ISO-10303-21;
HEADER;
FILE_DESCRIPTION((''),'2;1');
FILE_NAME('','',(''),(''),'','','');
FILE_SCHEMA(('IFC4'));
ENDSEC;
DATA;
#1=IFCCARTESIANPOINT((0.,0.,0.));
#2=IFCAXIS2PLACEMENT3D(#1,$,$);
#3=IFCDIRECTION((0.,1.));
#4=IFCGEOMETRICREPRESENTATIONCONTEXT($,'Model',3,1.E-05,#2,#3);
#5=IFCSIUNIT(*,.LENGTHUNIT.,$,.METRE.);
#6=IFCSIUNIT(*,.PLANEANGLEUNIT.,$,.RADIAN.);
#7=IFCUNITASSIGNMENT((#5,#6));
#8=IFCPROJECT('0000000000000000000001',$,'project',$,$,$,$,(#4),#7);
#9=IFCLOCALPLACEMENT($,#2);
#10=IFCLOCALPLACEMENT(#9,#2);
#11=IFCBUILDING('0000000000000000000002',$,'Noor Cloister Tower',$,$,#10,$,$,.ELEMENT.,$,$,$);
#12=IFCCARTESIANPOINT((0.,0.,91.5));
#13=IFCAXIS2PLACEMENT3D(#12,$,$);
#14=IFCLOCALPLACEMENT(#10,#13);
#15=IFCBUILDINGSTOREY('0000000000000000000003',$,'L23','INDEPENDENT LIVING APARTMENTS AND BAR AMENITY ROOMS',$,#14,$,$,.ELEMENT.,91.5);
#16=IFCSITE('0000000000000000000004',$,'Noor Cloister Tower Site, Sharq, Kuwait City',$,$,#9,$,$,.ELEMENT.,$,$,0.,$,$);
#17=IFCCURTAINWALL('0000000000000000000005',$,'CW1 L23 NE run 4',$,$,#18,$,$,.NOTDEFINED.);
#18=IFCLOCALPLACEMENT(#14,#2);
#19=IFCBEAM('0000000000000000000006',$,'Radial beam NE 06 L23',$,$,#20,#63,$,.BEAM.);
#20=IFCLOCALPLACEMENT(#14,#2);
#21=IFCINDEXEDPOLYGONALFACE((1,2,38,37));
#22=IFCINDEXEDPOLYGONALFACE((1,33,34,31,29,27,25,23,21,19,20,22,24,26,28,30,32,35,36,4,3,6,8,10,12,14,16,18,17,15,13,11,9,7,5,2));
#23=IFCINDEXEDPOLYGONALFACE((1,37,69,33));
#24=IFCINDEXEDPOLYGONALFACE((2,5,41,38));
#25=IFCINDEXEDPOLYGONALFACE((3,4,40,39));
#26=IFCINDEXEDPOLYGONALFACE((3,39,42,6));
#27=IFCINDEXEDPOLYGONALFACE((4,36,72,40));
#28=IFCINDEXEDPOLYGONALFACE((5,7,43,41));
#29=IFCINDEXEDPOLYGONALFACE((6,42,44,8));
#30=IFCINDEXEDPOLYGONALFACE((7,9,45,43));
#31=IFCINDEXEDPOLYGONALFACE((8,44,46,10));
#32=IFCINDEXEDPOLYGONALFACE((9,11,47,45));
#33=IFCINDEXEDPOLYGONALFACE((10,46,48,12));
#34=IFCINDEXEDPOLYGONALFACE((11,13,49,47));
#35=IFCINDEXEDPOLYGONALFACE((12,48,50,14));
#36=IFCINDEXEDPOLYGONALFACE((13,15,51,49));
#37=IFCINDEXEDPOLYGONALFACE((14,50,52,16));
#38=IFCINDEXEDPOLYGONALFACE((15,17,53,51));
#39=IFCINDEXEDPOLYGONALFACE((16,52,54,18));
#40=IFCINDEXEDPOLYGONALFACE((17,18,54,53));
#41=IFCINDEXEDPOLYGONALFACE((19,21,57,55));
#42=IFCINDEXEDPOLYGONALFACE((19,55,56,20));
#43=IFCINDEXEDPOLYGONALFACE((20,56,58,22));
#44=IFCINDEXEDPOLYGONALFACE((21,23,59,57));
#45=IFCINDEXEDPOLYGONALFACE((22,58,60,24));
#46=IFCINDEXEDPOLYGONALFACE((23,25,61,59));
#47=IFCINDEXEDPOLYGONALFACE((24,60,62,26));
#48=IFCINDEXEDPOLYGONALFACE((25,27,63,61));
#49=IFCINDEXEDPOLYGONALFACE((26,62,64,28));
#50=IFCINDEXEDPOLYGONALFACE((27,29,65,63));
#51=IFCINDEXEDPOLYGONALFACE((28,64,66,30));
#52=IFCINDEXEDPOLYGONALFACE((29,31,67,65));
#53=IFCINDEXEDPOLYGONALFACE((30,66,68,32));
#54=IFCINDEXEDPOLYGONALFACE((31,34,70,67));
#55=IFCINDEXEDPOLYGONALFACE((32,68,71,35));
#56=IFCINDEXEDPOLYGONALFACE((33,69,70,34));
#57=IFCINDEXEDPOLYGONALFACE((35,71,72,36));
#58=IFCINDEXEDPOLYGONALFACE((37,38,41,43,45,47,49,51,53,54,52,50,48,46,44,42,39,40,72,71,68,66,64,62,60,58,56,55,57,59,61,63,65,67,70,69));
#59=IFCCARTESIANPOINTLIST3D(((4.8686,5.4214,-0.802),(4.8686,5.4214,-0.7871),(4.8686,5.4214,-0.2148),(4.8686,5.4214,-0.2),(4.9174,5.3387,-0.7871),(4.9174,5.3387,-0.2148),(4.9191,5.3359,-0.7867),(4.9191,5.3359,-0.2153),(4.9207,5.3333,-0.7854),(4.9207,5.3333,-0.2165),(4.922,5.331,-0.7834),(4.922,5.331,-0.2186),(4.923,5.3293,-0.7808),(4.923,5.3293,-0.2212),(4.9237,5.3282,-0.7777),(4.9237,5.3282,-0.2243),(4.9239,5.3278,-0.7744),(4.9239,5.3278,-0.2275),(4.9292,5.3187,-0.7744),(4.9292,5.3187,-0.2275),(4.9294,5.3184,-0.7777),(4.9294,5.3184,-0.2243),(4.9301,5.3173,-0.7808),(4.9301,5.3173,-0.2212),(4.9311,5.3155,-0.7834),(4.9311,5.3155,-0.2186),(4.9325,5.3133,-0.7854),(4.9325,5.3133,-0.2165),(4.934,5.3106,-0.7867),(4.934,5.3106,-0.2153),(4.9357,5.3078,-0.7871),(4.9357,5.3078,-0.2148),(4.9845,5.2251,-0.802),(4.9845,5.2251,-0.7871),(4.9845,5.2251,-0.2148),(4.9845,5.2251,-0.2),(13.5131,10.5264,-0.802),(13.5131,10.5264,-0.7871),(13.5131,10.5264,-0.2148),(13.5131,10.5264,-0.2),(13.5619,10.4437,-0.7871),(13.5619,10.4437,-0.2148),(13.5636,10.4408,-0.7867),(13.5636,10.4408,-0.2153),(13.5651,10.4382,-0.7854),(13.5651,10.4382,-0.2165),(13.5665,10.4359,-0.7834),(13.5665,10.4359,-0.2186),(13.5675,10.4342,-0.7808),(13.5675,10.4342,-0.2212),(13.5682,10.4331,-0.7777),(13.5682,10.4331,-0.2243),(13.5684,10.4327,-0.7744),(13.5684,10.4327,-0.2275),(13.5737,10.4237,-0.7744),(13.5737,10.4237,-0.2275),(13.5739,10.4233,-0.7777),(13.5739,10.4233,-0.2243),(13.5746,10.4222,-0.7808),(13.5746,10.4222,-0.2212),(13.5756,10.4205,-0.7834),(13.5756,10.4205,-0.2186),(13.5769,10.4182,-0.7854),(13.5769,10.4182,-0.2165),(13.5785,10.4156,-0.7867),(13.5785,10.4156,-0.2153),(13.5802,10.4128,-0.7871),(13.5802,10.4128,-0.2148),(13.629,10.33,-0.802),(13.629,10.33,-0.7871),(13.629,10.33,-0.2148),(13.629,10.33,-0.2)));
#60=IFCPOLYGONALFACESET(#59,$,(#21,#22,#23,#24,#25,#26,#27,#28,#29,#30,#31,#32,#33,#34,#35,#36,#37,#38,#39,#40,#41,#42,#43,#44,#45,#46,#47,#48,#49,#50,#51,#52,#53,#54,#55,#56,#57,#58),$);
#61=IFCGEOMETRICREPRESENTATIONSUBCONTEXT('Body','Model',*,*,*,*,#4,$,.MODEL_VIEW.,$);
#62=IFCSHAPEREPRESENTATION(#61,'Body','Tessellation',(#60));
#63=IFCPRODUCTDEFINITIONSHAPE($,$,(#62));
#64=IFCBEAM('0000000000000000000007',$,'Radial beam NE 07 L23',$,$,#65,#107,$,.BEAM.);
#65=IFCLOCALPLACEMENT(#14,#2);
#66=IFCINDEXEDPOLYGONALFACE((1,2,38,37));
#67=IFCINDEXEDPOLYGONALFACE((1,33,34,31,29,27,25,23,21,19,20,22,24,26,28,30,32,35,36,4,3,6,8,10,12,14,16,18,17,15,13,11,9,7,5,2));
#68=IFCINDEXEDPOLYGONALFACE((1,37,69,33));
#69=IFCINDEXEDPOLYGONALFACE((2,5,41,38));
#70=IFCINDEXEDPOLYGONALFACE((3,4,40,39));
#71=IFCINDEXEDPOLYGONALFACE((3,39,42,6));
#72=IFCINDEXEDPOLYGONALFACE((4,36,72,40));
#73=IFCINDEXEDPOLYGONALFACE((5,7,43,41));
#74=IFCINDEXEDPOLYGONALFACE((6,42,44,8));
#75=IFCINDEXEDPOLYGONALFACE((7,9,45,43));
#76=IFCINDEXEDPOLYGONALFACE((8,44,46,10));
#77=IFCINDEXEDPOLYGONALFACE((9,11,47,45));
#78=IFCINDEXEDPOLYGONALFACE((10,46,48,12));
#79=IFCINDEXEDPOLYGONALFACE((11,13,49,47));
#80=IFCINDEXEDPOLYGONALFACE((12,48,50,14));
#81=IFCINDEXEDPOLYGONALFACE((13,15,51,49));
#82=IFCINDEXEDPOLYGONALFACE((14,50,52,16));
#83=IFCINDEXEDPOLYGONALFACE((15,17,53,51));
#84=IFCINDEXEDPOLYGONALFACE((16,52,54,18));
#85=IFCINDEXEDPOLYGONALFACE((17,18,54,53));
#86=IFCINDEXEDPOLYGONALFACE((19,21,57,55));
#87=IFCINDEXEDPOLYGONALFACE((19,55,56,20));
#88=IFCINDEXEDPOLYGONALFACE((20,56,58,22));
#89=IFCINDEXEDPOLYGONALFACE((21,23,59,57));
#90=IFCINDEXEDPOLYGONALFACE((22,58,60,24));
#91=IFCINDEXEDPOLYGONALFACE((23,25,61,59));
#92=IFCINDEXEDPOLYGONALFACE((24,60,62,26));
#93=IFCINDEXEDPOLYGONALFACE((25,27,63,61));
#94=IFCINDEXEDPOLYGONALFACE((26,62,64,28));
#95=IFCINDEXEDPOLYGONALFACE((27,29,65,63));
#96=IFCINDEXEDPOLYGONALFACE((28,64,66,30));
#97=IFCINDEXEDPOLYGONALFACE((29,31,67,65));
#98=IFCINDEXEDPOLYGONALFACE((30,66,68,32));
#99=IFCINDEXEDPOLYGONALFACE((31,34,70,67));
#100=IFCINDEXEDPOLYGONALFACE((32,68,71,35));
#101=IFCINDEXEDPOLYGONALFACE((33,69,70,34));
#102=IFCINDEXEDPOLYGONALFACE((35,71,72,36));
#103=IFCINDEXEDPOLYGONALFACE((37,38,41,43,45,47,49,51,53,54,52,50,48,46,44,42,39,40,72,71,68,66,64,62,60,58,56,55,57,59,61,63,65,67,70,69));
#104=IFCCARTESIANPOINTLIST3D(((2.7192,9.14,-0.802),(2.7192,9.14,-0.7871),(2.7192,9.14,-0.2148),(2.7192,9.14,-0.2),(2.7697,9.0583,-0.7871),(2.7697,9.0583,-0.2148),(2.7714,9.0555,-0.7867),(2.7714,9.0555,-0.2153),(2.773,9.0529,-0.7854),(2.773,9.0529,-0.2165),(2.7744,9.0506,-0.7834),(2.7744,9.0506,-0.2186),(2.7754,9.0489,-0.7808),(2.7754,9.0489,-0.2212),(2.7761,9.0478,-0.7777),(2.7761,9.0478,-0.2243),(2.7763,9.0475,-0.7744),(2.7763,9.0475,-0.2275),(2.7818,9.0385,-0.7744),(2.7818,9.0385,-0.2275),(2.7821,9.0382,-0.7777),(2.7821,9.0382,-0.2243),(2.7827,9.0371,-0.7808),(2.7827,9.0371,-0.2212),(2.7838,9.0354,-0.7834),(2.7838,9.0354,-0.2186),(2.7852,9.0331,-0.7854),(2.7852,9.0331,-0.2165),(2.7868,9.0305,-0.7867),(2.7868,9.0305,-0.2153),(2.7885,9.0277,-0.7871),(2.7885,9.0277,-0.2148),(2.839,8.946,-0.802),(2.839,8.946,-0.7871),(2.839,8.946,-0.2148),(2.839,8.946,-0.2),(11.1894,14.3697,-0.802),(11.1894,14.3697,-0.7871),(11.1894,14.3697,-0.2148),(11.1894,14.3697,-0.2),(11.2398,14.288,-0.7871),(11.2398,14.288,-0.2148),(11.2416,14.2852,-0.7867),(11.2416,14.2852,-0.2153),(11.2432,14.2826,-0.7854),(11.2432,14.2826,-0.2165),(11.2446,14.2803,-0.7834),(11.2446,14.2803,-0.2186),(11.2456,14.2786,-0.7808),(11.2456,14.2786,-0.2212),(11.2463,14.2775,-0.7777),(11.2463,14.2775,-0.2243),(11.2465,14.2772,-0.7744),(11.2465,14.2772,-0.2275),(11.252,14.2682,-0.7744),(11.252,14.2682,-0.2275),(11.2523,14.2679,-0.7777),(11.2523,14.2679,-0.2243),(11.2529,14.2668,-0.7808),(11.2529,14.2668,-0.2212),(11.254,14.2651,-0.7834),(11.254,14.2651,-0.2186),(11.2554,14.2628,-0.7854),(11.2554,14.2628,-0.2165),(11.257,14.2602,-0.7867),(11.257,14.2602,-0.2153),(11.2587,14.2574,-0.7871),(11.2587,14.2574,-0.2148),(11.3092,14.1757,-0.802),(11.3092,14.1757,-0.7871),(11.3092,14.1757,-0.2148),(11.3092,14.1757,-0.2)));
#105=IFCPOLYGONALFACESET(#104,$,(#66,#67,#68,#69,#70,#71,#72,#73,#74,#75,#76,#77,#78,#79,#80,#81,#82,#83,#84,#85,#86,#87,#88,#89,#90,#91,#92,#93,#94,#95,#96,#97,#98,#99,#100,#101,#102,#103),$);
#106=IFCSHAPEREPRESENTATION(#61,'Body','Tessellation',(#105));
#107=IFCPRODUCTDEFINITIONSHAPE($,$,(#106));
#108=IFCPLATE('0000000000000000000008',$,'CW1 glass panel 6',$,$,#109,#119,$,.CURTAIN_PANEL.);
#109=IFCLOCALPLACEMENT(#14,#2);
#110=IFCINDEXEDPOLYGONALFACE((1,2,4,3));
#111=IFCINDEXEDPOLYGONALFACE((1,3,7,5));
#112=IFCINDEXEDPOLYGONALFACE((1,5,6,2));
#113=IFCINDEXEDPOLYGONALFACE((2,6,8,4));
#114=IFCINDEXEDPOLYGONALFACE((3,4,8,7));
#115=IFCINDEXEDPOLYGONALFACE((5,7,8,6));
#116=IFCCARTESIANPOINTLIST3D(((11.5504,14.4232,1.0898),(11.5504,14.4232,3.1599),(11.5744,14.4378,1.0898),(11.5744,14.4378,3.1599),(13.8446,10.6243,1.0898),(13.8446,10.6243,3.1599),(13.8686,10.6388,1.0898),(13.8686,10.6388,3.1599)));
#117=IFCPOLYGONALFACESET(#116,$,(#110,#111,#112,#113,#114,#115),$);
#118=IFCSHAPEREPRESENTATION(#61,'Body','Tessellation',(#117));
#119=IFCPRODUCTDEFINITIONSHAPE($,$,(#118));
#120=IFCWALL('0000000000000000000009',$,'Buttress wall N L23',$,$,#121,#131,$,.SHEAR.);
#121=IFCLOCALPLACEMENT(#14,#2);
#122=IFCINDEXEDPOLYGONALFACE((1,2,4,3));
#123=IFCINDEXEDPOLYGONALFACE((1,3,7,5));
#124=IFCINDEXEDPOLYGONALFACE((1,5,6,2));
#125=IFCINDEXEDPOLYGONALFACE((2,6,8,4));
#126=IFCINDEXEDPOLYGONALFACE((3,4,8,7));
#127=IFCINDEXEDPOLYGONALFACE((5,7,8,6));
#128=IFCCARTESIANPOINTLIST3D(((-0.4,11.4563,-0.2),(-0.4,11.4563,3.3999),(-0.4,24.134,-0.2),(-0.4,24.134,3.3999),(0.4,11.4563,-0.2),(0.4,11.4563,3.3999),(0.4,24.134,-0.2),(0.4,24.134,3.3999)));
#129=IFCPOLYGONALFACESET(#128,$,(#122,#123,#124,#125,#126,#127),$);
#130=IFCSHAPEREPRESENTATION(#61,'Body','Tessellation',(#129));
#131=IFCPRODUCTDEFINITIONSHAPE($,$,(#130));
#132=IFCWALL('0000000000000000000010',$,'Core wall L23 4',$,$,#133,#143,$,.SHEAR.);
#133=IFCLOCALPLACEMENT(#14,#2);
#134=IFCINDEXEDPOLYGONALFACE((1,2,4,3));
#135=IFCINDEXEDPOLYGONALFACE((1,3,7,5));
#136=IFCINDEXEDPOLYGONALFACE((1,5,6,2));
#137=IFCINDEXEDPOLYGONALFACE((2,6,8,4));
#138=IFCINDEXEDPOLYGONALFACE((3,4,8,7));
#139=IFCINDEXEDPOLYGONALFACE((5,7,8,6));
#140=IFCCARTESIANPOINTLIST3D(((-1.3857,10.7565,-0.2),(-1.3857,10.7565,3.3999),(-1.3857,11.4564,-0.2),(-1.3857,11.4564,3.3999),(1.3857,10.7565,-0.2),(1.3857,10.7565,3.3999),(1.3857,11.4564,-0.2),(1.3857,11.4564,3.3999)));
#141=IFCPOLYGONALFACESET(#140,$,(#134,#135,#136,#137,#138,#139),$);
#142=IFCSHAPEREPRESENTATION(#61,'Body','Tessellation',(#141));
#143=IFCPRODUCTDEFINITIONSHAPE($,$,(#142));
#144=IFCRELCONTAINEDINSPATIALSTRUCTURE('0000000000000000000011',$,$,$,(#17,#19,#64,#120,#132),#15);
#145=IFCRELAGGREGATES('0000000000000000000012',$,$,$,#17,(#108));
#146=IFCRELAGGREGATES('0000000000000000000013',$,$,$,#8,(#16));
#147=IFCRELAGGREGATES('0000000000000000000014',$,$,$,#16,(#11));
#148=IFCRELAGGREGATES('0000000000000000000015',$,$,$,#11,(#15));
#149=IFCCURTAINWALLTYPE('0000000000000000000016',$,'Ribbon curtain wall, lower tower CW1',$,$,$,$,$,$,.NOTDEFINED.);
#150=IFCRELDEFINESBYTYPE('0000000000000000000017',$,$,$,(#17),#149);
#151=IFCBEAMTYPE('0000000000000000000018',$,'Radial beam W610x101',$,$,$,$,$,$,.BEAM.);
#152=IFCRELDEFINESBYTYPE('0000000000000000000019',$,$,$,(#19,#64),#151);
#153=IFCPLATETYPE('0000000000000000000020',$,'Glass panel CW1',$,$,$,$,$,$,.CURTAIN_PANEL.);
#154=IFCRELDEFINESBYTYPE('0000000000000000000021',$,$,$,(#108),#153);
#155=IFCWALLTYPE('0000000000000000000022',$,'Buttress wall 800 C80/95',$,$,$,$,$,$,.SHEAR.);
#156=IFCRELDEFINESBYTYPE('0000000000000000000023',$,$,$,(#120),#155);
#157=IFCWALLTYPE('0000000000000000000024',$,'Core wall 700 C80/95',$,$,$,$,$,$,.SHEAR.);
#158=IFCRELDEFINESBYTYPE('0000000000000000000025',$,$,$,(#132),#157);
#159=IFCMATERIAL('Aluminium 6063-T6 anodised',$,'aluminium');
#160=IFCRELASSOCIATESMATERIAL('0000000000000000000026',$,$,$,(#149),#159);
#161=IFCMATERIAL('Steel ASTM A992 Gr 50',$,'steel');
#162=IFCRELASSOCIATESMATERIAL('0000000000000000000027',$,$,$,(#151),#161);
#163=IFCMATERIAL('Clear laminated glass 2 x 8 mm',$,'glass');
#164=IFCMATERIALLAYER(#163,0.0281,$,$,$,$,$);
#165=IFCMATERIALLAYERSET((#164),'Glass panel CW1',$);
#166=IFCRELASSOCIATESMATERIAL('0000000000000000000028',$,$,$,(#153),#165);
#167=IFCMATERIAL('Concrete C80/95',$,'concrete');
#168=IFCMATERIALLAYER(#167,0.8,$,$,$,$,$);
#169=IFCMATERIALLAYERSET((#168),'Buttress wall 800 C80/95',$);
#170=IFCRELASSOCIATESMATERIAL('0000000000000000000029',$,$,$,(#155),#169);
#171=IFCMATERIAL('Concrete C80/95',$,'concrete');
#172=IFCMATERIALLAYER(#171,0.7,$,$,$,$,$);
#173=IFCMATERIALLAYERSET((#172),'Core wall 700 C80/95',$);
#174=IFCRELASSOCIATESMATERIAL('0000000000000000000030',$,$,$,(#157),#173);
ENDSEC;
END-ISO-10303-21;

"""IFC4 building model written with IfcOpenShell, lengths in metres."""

from ifc_helpers import new_model, si_unit, direction, frame, frame_2d, origin, origin_2d, place, context, subcontext, project, spatial, rectangle, i_section, extrude, material, layer, layer_set, material_profile, profile_set, type_object, element, aggregate, save


model = new_model("IFC4")

# Units and contexts
model_context = context("Model", 3, precision=1e-05, world=origin(), true_north=direction((0.0, 1.0)))
body_context = subcontext(model_context, "Body", "Model", "MODEL_VIEW")
ifc_project = project(units=[si_unit("LENGTHUNIT", "METRE"), si_unit("PLANEANGLEUNIT", "RADIAN")], contexts=[model_context])

# Site, building, storey
site_placement = place(None, origin())
site = spatial("IfcSite", under=ifc_project, at=site_placement, Name="Noor Cloister Tower Site, Sharq, Kuwait City", CompositionType="ELEMENT", RefElevation=0.0)
building_placement = place(site_placement, origin())
building = spatial("IfcBuilding", under=site, at=building_placement, Name="Noor Cloister Tower", CompositionType="ELEMENT")
storey_placement = place(building_placement, frame((0.0, 0.0, 91.5)))
storey = spatial("IfcBuildingStorey", under=building, at=storey_placement, Name="L23", Description="INDEPENDENT LIVING APARTMENTS AND BAR AMENITY ROOMS", CompositionType="ELEMENT", Elevation=91.5)

# Curtain wall
ifc_material_1 = material(Name="Aluminium 6063-T6 anodised", Category="aluminium")
curtain_wall_type = type_object("IfcCurtainWallType", Name="Ribbon curtain wall, lower tower CW1", PredefinedType="NOTDEFINED", material=ifc_material_1)
curtain_wall_placement = place(storey_placement, origin())
curtain_wall = element("IfcCurtainWall", 1, at=curtain_wall_placement, inside=storey, type_object=curtain_wall_type, Name="CW1 L23 NE run 4", PredefinedType="NOTDEFINED")

# Beams
ifc_material_2 = material(Name="Steel ASTM A992 Gr 50", Category="steel")
ifc_material_profile_1 = material_profile(ifc_material_2, i_section(OverallWidth=0.228, OverallDepth=0.6021, WebThickness=0.0105, FlangeThickness=0.0149, FilletRadius=0.0127, at=origin_2d()), Name="W610x101")
ifc_profile_set_1 = profile_set([ifc_material_profile_1], Name="Steel ASTM A992 Gr 50")
beam_type_1 = type_object("IfcBeamType", Name="Radial beam W610x101", PredefinedType="BEAM", material=ifc_profile_set_1)
beam_1_placement = place(storey_placement, frame((13.571, 10.4282, -0.501), z_axis=(-0.861064, -0.508497, 0.0), x_axis=(0.508497, -0.861064, 0.0)))
element("IfcBeam", 2, at=beam_1_placement, inside=storey, type_object=beam_type_1, Name="Radial beam NE 06 L23", PredefinedType="BEAM", context=body_context, shape_type="SweptSolid", body=[
    extrude(i_section(OverallWidth=0.228, OverallDepth=0.6021, WebThickness=0.0105, FlangeThickness=0.0149, FilletRadius=0.0127, at=origin_2d()), origin(), (0.0, 0.0, 1.0), 10.0393),
])
beam_2_placement = place(storey_placement, frame((11.2493, 14.2727, -0.501), z_axis=(-0.850882, -0.525357, 0.0), x_axis=(0.525357, -0.850882, 0.0)))
element("IfcBeam", 3, at=beam_2_placement, inside=storey, type_object=beam_type_1, Name="Radial beam NE 07 L23", PredefinedType="BEAM", context=body_context, shape_type="SweptSolid", body=[
    extrude(i_section(OverallWidth=0.228, OverallDepth=0.6021, WebThickness=0.0105, FlangeThickness=0.0149, FilletRadius=0.0127, at=origin_2d()), origin(), (0.0, 0.0, 1.0), 9.9546),
])

# Plate
ifc_material_3 = material(Name="Clear laminated glass 2 x 8 mm", Category="glass")
ifc_layer_1 = layer(ifc_material_3, 0.0281)
ifc_layer_set_1 = layer_set([ifc_layer_1], Name="Glass panel CW1")
plate_type = type_object("IfcPlateType", Name="Glass panel CW1", PredefinedType="CURTAIN_PANEL", material=ifc_layer_set_1)
plate_placement = place(storey_placement, frame((12.7095, 12.531, 1.0898), z_axis=(0.0, 0.0, 1.0), x_axis=(-0.516948, 0.856017, 0.0)))
plate = element("IfcPlate", 4, at=plate_placement, type_object=plate_type, Name="CW1 glass panel 6", PredefinedType="CURTAIN_PANEL", context=body_context, shape_type="SweptSolid", body=[
    extrude(rectangle(XDim=4.438, YDim=0.0281, at=origin_2d()), origin(), (0.0, 0.0, 1.0), 2.0701),
])
aggregate(curtain_wall, [plate])

# Walls
ifc_material_4 = material(Name="Concrete C80/95", Category="concrete")
ifc_layer_2 = layer(ifc_material_4, 0.8)
ifc_layer_set_2 = layer_set([ifc_layer_2], Name="Buttress wall 800 C80/95")
wall_type_1 = type_object("IfcWallType", Name="Buttress wall 800 C80/95", PredefinedType="SHEAR", material=ifc_layer_set_2)
wall_1_placement = place(storey_placement, frame((0.0, 11.4563, -0.2), z_axis=(0.0, 0.0, 1.0), x_axis=(0.0, 1.0, 0.0)))
element("IfcWall", 5, at=wall_1_placement, inside=storey, type_object=wall_type_1, Name="Buttress wall N L23", PredefinedType="SHEAR", context=body_context, shape_type="SweptSolid", body=[
    extrude(rectangle(XDim=12.6777, YDim=0.8, at=frame_2d((6.3389, 0.0))), origin(), (0.0, 0.0, 1.0), 3.5999),
])
ifc_material_5 = material(Name="Concrete C80/95", Category="concrete")
ifc_layer_3 = layer(ifc_material_5, 0.7)
ifc_layer_set_3 = layer_set([ifc_layer_3], Name="Core wall 700 C80/95")
wall_type_2 = type_object("IfcWallType", Name="Core wall 700 C80/95", PredefinedType="SHEAR", material=ifc_layer_set_3)
wall_2_placement = place(storey_placement, frame((1.3857, 11.1064, -0.2), z_axis=(0.0, 0.0, 1.0), x_axis=(-1.0, 0.0, 0.0)))
element("IfcWall", 6, at=wall_2_placement, inside=storey, type_object=wall_type_2, Name="Core wall L23 4", PredefinedType="SHEAR", context=body_context, shape_type="SweptSolid", body=[
    extrude(rectangle(XDim=2.7715, YDim=0.7, at=frame_2d((1.3857, 0.0))), origin(), (0.0, 0.0, 1.0), 3.5999),
])

save(model, "model.ifc")
